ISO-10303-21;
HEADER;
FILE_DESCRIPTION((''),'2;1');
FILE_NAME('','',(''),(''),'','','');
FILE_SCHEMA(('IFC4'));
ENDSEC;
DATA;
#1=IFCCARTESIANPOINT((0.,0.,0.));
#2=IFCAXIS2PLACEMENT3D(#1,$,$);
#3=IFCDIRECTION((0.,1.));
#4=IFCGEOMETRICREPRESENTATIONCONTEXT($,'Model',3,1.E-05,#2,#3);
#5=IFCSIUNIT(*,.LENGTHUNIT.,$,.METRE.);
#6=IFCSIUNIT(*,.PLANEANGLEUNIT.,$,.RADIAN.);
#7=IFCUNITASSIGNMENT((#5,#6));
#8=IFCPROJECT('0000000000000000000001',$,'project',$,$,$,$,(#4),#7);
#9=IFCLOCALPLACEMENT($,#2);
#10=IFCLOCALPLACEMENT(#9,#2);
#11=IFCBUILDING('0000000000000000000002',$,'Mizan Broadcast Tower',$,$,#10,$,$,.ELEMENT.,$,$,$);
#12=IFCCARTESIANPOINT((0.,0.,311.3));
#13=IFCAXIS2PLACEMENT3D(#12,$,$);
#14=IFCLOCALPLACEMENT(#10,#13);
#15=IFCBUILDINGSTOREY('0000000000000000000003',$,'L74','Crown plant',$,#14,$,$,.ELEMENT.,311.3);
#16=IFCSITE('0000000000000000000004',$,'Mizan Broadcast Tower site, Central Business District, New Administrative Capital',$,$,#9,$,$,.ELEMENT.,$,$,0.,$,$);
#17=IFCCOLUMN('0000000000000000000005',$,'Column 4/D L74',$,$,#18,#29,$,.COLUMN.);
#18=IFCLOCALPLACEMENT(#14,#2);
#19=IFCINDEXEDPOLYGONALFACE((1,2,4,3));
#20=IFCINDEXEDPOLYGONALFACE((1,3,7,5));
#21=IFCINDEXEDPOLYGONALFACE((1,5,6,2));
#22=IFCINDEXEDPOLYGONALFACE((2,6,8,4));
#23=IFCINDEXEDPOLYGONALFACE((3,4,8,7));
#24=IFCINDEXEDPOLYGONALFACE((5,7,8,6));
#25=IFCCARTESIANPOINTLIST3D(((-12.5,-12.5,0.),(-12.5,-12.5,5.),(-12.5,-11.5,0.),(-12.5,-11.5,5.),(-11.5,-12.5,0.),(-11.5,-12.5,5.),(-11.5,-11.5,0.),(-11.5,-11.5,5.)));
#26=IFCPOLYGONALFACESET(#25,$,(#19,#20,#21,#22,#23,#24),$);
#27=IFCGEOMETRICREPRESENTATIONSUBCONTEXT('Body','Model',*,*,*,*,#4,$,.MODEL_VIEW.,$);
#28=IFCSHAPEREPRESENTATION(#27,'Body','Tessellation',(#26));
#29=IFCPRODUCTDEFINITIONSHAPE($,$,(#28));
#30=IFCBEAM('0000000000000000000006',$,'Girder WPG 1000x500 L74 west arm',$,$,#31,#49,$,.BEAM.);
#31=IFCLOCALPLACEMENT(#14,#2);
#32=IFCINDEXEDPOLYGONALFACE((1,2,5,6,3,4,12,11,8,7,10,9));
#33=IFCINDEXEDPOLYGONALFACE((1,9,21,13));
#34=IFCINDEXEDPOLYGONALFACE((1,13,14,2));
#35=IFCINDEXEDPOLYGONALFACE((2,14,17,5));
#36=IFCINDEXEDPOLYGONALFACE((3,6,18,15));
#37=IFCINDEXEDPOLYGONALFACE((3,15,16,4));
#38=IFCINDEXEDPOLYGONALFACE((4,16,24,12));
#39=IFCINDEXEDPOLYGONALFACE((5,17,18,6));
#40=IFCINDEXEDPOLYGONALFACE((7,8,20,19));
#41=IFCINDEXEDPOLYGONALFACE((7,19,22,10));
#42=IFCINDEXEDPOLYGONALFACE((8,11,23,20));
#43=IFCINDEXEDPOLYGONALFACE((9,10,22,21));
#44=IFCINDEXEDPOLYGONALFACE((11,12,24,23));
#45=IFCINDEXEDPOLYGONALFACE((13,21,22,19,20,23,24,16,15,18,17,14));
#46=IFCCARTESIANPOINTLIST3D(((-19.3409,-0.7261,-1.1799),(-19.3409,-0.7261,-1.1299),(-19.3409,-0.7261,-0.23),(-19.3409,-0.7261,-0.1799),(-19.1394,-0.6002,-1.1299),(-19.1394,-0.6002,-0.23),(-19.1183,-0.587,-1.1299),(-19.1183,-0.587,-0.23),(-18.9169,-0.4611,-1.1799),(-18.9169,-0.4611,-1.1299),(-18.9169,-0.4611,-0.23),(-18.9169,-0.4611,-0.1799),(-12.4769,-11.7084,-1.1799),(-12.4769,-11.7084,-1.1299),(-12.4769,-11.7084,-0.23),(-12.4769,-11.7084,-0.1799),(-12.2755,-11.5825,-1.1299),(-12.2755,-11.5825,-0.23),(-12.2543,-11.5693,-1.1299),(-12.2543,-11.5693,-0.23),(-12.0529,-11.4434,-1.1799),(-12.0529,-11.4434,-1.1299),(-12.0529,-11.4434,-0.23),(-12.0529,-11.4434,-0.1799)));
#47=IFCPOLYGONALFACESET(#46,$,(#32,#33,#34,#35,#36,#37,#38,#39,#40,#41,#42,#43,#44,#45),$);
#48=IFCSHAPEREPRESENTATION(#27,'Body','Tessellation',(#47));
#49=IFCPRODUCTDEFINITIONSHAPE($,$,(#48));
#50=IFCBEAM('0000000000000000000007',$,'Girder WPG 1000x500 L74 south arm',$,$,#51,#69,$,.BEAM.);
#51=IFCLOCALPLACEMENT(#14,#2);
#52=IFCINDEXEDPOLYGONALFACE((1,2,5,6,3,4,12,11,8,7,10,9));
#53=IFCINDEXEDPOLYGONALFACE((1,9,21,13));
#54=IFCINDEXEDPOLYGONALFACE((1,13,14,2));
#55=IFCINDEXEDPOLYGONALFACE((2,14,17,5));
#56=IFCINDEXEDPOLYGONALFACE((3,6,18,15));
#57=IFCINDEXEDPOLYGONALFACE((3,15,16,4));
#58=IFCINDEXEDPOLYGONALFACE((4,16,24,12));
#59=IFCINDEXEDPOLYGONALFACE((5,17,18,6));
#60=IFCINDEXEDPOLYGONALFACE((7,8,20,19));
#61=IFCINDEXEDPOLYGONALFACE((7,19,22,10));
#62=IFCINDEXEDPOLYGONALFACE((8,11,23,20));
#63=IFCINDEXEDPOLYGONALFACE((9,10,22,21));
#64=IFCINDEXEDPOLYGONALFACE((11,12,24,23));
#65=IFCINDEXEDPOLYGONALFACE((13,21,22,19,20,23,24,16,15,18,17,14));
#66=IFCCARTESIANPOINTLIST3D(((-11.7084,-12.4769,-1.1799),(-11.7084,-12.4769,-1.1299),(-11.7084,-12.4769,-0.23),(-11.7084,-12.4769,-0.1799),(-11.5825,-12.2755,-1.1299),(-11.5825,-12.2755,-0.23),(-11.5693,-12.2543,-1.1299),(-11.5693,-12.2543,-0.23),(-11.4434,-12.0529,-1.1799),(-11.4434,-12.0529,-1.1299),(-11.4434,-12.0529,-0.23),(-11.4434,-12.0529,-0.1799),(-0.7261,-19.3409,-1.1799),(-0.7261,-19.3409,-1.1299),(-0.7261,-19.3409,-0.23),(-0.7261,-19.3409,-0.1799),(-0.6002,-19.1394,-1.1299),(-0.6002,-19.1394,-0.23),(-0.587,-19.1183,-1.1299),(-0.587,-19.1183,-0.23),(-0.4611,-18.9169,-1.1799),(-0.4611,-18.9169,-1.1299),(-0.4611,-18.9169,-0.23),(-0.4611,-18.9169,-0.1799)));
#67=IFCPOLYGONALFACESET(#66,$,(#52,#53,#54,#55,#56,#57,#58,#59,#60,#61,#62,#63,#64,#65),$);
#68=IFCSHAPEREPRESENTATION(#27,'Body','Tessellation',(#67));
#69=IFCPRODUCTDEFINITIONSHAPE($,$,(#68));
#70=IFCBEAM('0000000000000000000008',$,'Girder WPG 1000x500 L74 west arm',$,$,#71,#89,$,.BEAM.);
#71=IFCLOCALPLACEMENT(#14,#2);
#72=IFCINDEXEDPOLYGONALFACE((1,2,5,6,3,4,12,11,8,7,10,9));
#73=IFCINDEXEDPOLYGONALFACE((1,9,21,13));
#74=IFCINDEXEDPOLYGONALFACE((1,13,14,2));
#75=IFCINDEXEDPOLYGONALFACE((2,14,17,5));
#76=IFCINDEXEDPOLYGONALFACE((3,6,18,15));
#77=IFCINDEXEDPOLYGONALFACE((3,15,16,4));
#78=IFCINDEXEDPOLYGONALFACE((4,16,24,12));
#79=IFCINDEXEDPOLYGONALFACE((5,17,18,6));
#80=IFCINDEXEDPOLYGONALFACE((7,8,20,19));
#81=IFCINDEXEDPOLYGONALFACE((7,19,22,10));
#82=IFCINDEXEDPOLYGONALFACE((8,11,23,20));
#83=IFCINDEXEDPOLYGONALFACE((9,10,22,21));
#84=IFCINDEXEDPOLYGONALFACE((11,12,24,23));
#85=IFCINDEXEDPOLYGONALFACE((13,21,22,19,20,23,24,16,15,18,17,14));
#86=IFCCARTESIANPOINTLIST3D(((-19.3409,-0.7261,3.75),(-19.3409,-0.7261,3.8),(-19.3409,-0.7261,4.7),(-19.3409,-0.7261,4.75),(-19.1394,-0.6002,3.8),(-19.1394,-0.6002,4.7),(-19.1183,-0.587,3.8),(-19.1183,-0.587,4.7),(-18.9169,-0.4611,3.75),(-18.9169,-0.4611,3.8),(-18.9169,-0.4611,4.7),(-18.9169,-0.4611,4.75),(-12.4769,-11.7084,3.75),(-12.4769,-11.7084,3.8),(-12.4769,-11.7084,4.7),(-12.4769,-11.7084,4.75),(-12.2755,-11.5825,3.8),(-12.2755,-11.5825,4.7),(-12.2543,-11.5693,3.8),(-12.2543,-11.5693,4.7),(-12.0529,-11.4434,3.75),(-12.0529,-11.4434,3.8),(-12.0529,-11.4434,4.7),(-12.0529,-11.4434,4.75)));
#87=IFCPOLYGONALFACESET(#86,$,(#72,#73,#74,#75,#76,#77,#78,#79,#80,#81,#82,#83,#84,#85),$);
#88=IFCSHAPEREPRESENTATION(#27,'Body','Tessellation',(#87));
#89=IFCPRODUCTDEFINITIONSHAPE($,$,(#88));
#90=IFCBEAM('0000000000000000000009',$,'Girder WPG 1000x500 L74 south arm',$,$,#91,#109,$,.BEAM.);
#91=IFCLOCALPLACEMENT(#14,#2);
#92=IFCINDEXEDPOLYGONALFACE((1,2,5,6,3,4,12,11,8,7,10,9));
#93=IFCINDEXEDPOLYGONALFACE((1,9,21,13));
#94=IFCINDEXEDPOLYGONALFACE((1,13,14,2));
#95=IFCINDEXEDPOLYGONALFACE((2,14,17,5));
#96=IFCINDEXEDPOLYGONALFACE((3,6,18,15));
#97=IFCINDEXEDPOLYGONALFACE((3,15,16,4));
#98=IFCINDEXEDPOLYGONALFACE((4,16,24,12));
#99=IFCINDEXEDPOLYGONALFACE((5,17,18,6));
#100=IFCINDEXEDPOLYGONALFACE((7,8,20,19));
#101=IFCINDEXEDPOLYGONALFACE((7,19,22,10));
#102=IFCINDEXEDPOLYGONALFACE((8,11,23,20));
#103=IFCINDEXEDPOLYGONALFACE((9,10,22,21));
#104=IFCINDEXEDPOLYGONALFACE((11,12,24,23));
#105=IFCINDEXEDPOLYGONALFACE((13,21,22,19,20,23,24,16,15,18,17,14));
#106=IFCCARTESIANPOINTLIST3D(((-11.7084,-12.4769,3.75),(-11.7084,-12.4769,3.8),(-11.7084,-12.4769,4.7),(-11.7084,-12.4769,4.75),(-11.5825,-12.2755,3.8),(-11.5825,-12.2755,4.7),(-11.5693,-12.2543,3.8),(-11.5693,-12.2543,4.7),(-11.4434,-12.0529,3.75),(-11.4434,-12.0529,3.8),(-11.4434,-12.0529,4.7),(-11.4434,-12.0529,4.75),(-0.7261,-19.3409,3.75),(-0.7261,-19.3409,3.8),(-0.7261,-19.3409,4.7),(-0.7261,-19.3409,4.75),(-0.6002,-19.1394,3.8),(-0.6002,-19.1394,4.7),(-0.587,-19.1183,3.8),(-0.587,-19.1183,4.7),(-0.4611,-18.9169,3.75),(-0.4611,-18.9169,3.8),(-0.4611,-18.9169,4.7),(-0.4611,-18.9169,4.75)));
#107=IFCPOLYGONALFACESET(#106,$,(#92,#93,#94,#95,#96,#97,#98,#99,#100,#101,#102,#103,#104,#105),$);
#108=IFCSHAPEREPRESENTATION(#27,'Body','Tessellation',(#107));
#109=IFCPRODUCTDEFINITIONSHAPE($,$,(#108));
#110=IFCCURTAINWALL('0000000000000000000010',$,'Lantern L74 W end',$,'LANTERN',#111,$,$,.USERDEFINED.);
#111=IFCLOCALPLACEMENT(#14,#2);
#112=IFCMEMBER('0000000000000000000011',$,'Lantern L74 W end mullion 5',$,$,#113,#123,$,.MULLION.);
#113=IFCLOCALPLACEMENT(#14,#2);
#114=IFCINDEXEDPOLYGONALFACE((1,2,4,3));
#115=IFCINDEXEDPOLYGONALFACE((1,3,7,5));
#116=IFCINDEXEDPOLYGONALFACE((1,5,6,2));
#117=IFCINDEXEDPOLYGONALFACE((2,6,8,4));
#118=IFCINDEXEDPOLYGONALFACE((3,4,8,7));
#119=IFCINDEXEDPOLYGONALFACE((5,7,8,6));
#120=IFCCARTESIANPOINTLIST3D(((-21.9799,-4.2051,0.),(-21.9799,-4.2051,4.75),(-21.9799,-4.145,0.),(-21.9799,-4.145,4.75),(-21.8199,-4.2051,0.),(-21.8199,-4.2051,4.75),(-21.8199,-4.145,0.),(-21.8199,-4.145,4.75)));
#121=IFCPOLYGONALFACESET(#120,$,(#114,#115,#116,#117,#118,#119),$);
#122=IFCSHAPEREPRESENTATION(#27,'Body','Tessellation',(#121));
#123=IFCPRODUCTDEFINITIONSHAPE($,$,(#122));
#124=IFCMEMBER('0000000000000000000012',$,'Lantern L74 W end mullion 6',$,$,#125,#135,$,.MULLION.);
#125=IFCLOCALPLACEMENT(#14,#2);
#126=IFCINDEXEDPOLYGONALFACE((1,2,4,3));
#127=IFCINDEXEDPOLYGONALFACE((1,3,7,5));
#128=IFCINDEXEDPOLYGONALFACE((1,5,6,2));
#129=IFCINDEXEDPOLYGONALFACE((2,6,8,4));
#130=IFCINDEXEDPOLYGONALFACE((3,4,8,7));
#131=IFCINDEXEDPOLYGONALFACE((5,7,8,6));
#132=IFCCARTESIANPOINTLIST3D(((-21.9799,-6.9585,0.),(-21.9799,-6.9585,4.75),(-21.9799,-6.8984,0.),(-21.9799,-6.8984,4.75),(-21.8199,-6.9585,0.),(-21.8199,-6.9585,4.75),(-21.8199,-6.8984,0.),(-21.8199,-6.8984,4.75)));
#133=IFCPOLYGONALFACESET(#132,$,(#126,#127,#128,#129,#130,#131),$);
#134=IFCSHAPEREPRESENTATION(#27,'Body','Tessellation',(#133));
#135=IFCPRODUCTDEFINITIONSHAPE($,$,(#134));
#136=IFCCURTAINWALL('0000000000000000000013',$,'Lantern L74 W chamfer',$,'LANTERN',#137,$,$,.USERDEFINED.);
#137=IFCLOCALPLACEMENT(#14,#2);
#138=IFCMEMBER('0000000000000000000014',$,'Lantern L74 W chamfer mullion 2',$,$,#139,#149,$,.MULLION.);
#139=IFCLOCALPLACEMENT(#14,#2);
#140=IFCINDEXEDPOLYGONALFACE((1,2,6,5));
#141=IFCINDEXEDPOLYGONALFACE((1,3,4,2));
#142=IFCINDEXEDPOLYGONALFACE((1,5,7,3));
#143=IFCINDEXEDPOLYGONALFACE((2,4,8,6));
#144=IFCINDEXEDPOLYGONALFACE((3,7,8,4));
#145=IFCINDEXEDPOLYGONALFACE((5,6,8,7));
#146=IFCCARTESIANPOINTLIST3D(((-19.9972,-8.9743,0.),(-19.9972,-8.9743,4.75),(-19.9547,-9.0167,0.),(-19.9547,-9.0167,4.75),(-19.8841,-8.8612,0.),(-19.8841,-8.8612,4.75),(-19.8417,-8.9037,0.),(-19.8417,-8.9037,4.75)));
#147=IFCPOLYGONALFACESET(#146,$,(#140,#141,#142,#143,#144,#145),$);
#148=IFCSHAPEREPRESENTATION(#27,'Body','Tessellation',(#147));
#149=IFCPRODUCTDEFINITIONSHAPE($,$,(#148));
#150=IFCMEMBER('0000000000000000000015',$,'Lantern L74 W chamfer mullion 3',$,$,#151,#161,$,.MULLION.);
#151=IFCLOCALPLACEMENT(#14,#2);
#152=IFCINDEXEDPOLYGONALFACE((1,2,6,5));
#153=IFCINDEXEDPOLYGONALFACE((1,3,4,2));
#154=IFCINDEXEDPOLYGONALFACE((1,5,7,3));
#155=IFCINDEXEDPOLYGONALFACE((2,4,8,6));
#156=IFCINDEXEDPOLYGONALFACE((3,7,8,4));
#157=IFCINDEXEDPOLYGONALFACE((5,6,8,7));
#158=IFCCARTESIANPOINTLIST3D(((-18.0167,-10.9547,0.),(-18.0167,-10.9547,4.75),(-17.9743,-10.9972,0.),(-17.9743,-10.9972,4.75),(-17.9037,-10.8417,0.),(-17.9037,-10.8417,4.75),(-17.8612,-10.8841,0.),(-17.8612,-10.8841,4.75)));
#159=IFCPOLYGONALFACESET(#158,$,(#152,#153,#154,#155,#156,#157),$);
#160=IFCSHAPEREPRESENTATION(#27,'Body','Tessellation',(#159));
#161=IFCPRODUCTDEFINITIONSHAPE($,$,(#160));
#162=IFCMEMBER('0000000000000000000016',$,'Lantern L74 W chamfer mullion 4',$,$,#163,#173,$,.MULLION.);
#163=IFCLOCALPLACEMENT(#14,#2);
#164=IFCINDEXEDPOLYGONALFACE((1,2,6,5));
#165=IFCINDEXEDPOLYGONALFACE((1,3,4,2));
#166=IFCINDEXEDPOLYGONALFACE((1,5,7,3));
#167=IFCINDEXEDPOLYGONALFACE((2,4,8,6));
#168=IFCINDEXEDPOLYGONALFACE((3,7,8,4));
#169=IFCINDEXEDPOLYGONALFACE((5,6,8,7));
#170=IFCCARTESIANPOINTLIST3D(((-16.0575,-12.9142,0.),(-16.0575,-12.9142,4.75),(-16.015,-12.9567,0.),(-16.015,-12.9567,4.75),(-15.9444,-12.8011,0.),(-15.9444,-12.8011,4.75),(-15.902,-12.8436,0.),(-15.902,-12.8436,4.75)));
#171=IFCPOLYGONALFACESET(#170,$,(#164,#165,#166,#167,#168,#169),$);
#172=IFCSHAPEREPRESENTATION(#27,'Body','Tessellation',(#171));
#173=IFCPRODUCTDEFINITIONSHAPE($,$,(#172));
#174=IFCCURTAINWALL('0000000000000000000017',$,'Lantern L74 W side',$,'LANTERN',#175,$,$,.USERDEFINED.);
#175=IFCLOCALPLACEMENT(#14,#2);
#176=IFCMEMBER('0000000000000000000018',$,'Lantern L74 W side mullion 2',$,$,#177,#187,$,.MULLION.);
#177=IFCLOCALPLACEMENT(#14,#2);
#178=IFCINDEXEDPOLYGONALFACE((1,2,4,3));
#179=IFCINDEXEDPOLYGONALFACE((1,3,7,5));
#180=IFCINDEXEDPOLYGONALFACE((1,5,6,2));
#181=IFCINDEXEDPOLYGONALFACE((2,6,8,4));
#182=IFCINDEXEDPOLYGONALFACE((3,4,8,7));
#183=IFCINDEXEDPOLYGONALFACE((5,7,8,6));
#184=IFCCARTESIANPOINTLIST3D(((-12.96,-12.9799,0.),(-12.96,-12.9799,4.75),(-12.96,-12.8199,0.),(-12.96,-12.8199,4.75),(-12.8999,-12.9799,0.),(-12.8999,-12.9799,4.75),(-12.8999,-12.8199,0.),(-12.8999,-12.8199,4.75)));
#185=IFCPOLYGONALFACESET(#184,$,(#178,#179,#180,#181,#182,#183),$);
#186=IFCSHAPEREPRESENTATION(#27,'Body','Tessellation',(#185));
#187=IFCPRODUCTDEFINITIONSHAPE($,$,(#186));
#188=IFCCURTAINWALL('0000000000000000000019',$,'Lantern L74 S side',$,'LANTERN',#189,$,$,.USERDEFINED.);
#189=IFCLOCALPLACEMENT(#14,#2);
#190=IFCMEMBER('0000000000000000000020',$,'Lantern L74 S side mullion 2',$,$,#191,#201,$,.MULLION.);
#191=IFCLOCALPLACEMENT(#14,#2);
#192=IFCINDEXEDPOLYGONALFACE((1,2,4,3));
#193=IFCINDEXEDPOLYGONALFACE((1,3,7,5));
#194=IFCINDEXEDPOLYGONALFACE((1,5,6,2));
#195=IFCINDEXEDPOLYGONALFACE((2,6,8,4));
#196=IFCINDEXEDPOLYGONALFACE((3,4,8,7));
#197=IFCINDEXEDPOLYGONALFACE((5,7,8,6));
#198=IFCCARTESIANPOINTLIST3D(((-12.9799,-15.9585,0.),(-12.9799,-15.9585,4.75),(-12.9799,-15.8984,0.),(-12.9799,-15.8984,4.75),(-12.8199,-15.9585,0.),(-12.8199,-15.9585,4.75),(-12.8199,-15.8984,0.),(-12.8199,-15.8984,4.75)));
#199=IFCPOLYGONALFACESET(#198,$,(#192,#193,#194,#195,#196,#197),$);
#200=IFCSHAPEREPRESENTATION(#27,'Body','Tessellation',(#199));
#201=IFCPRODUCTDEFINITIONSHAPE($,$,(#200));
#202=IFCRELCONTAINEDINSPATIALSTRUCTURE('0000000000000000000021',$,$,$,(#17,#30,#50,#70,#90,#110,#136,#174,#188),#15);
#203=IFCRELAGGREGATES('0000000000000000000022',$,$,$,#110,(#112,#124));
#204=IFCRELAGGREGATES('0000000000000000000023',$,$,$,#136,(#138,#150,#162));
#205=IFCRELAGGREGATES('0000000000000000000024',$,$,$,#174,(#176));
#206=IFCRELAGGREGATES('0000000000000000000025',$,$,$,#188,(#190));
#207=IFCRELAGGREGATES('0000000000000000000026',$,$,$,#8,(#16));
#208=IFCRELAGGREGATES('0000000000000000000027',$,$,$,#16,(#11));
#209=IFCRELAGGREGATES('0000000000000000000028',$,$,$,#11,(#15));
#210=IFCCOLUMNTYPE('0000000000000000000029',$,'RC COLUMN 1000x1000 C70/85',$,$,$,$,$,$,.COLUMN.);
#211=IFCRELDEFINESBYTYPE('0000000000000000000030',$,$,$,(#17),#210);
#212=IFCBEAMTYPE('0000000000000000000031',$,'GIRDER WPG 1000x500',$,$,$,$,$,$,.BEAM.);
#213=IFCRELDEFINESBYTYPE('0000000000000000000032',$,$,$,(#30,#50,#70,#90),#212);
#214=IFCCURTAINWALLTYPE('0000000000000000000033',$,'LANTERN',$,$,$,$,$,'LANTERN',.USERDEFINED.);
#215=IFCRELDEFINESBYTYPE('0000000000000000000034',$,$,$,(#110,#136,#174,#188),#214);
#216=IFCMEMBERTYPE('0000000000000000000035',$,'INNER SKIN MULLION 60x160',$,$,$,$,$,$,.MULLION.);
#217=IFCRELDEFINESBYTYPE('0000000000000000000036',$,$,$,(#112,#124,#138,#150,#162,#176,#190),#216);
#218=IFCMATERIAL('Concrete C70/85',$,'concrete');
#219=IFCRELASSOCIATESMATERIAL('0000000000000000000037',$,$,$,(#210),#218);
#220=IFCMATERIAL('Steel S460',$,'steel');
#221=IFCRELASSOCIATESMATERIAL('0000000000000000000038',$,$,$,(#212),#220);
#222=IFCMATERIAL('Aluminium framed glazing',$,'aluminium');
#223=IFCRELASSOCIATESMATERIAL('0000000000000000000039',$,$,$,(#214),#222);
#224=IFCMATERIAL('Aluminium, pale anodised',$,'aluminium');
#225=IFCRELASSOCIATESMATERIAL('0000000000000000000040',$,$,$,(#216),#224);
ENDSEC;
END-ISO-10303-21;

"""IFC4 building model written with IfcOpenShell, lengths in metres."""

from ifc_helpers import new_model, si_unit, direction, frame, origin, origin_2d, place, context, subcontext, project, spatial, rectangle, i_section, extrude, material, material_profile, profile_set, type_object, element, aggregate, save


model = new_model("IFC4")

# Units and contexts
model_context = context("Model", 3, precision=1e-05, world=origin(), true_north=direction((0.0, 1.0)))
body_context = subcontext(model_context, "Body", "Model", "MODEL_VIEW")
ifc_project = project(units=[si_unit("LENGTHUNIT", "METRE"), si_unit("PLANEANGLEUNIT", "RADIAN")], contexts=[model_context])

# Site, building, storey
site_placement = place(None, origin())
site = spatial("IfcSite", under=ifc_project, at=site_placement, Name="Mizan Broadcast Tower site, Central Business District, New Administrative Capital", CompositionType="ELEMENT", RefElevation=0.0)
building_placement = place(site_placement, origin())
building = spatial("IfcBuilding", under=site, at=building_placement, Name="Mizan Broadcast Tower", CompositionType="ELEMENT")
storey_placement = place(building_placement, frame((0.0, 0.0, 311.3)))
storey = spatial("IfcBuildingStorey", under=building, at=storey_placement, Name="L74", Description="Crown plant", CompositionType="ELEMENT", Elevation=311.3)

# Column
ifc_material_1 = material(Name="Concrete C70/85", Category="concrete")
ifc_material_profile_1 = material_profile(ifc_material_1, rectangle(XDim=1.0, YDim=1.0, at=origin_2d()), Name="RC 1000x1000")
ifc_profile_set_1 = profile_set([ifc_material_profile_1], Name="Concrete C70/85")
column_type = type_object("IfcColumnType", Name="RC COLUMN 1000x1000 C70/85", PredefinedType="COLUMN", material=ifc_profile_set_1)
column_placement = place(storey_placement, frame((-12.0, -12.0, 0.0), z_axis=(0.0, 0.0, 1.0), x_axis=(1.0, 0.0, 0.0)))
element("IfcColumn", 1, at=column_placement, inside=storey, type_object=column_type, Name="Column 4/D L74", PredefinedType="COLUMN", context=body_context, shape_type="SweptSolid", body=[
    extrude(rectangle(XDim=1.0, YDim=1.0, at=origin_2d()), origin(), (0.0, 0.0, 1.0), 5.0),
])

# Beams
ifc_material_2 = material(Name="Steel S460", Category="steel")
ifc_material_profile_2 = material_profile(ifc_material_2, i_section(OverallWidth=0.5, OverallDepth=1.0, WebThickness=0.0249, FlangeThickness=0.05, at=origin_2d()), Name="WPG 1000x500")
ifc_profile_set_2 = profile_set([ifc_material_profile_2], Name="Steel S460")
beam_type_1 = type_object("IfcBeamType", Name="GIRDER WPG 1000x500", PredefinedType="BEAM", material=ifc_profile_set_2)
for number, where, z_axis, x_axis, name in (
    (2, (-12.2649, -11.5759, -0.6799), (-0.529999, 0.847998, 0.0), (-0.847998, -0.529999, 0.0), "Girder WPG 1000x500 L74 west arm"),
    (3, (-11.5759, -12.2649, -0.6799), (0.847998, -0.529999, 0.0), (0.529999, 0.847998, 0.0), "Girder WPG 1000x500 L74 south arm"),
    (4, (-12.2649, -11.5759, 4.25), (-0.529999, 0.847998, 0.0), (-0.847998, -0.529999, 0.0), "Girder WPG 1000x500 L74 west arm"),
    (5, (-11.5759, -12.2649, 4.25), (0.847998, -0.529999, 0.0), (0.529999, 0.847998, 0.0), "Girder WPG 1000x500 L74 south arm"),
):
    element("IfcBeam", number, at=place(storey_placement, frame(where, z_axis=z_axis, x_axis=x_axis)), inside=storey, type_object=beam_type_1, Name=name, PredefinedType="BEAM", context=body_context, shape_type="SweptSolid", body=[
        extrude(i_section(OverallWidth=0.5, OverallDepth=1.0, WebThickness=0.0249, FlangeThickness=0.05, at=origin_2d()), origin(), (0.0, 0.0, 1.0), 12.9509),
    ])

# Curtain walls, members
ifc_material_3 = material(Name="Aluminium framed glazing", Category="aluminium")
curtain_wall_type = type_object("IfcCurtainWallType", Name="LANTERN", ElementType="LANTERN", PredefinedType="USERDEFINED", material=ifc_material_3)
curtain_wall_1_placement = place(storey_placement, origin())
curtain_wall_1 = element("IfcCurtainWall", 6, at=curtain_wall_1_placement, inside=storey, type_object=curtain_wall_type, Name="Lantern L74 W end", ObjectType="LANTERN", PredefinedType="USERDEFINED")
ifc_material_4 = material(Name="Aluminium, pale anodised", Category="aluminium")
ifc_material_profile_3 = material_profile(ifc_material_4, rectangle(XDim=0.1599, YDim=0.0601, at=origin_2d()), Name="MULLION 160x60")
ifc_profile_set_3 = profile_set([ifc_material_profile_3], Name="Aluminium, pale anodised")
member_type_1 = type_object("IfcMemberType", Name="INNER SKIN MULLION 60x160", PredefinedType="MULLION", material=ifc_profile_set_3)
member_1_placement = place(storey_placement, frame((-21.8999, -4.175, 0.0), z_axis=(0.0, 0.0, 1.0), x_axis=(1.0, 0.0, 0.0)))
member_1 = element("IfcMember", 7, at=member_1_placement, type_object=member_type_1, Name="Lantern L74 W end mullion 5", PredefinedType="MULLION", context=body_context, shape_type="SweptSolid", body=[
    extrude(rectangle(XDim=0.1599, YDim=0.0601, at=origin_2d()), origin(), (0.0, 0.0, 1.0), 4.75),
])
member_2_placement = place(storey_placement, frame((-21.8999, -6.9285, 0.0), z_axis=(0.0, 0.0, 1.0), x_axis=(1.0, 0.0, 0.0)))
member_2 = element("IfcMember", 8, at=member_2_placement, type_object=member_type_1, Name="Lantern L74 W end mullion 6", PredefinedType="MULLION", context=body_context, shape_type="SweptSolid", body=[
    extrude(rectangle(XDim=0.1599, YDim=0.0601, at=origin_2d()), origin(), (0.0, 0.0, 1.0), 4.75),
])
curtain_wall_2_placement = place(storey_placement, origin())
curtain_wall_2 = element("IfcCurtainWall", 9, at=curtain_wall_2_placement, inside=storey, type_object=curtain_wall_type, Name="Lantern L74 W chamfer", ObjectType="LANTERN", PredefinedType="USERDEFINED")
member_3_placement = place(storey_placement, frame((-19.9194, -8.939, 0.0), z_axis=(0.0, 0.0, 1.0), x_axis=(0.707107, 0.707107, 0.0)))
member_3 = element("IfcMember", 10, at=member_3_placement, type_object=member_type_1, Name="Lantern L74 W chamfer mullion 2", PredefinedType="MULLION", context=body_context, shape_type="SweptSolid", body=[
    extrude(rectangle(XDim=0.1599, YDim=0.0601, at=origin_2d()), origin(), (0.0, 0.0, 1.0), 4.75),
])
member_4_placement = place(storey_placement, frame((-17.939, -10.9194, 0.0), z_axis=(0.0, 0.0, 1.0), x_axis=(0.707107, 0.707107, 0.0)))
member_4 = element("IfcMember", 11, at=member_4_placement, type_object=member_type_1, Name="Lantern L74 W chamfer mullion 3", PredefinedType="MULLION", context=body_context, shape_type="SweptSolid", body=[
    extrude(rectangle(XDim=0.1599, YDim=0.0601, at=origin_2d()), origin(), (0.0, 0.0, 1.0), 4.75),
])
member_5_placement = place(storey_placement, frame((-15.9797, -12.8789, 0.0), z_axis=(0.0, 0.0, 1.0), x_axis=(0.707107, 0.707107, 0.0)))
member_5 = element("IfcMember", 12, at=member_5_placement, type_object=member_type_1, Name="Lantern L74 W chamfer mullion 4", PredefinedType="MULLION", context=body_context, shape_type="SweptSolid", body=[
    extrude(rectangle(XDim=0.1599, YDim=0.0601, at=origin_2d()), origin(), (0.0, 0.0, 1.0), 4.75),
])

# Curtain walls, members
curtain_wall_3_placement = place(storey_placement, origin())
curtain_wall_3 = element("IfcCurtainWall", 13, at=curtain_wall_3_placement, inside=storey, type_object=curtain_wall_type, Name="Lantern L74 W side", ObjectType="LANTERN", PredefinedType="USERDEFINED")
member_6_placement = place(storey_placement, frame((-12.9299, -12.8999, 0.0), z_axis=(0.0, 0.0, 1.0), x_axis=(0.0, 1.0, 0.0)))
member_6 = element("IfcMember", 14, at=member_6_placement, type_object=member_type_1, Name="Lantern L74 W side mullion 2", PredefinedType="MULLION", context=body_context, shape_type="SweptSolid", body=[
    extrude(rectangle(XDim=0.1599, YDim=0.0601, at=origin_2d()), origin(), (0.0, 0.0, 1.0), 4.75),
])
curtain_wall_4_placement = place(storey_placement, origin())
curtain_wall_4 = element("IfcCurtainWall", 15, at=curtain_wall_4_placement, inside=storey, type_object=curtain_wall_type, Name="Lantern L74 S side", ObjectType="LANTERN", PredefinedType="USERDEFINED")
member_7_placement = place(storey_placement, frame((-12.8999, -15.9285, 0.0), z_axis=(0.0, 0.0, 1.0), x_axis=(1.0, 0.0, 0.0)))
member_7 = element("IfcMember", 16, at=member_7_placement, type_object=member_type_1, Name="Lantern L74 S side mullion 2", PredefinedType="MULLION", context=body_context, shape_type="SweptSolid", body=[
    extrude(rectangle(XDim=0.1599, YDim=0.0601, at=origin_2d()), origin(), (0.0, 0.0, 1.0), 4.75),
])

aggregate(curtain_wall_1, [member_1, member_2])
aggregate(curtain_wall_2, [member_3, member_4, member_5])
aggregate(curtain_wall_3, [member_6])
aggregate(curtain_wall_4, [member_7])

save(model, "model.ifc")
